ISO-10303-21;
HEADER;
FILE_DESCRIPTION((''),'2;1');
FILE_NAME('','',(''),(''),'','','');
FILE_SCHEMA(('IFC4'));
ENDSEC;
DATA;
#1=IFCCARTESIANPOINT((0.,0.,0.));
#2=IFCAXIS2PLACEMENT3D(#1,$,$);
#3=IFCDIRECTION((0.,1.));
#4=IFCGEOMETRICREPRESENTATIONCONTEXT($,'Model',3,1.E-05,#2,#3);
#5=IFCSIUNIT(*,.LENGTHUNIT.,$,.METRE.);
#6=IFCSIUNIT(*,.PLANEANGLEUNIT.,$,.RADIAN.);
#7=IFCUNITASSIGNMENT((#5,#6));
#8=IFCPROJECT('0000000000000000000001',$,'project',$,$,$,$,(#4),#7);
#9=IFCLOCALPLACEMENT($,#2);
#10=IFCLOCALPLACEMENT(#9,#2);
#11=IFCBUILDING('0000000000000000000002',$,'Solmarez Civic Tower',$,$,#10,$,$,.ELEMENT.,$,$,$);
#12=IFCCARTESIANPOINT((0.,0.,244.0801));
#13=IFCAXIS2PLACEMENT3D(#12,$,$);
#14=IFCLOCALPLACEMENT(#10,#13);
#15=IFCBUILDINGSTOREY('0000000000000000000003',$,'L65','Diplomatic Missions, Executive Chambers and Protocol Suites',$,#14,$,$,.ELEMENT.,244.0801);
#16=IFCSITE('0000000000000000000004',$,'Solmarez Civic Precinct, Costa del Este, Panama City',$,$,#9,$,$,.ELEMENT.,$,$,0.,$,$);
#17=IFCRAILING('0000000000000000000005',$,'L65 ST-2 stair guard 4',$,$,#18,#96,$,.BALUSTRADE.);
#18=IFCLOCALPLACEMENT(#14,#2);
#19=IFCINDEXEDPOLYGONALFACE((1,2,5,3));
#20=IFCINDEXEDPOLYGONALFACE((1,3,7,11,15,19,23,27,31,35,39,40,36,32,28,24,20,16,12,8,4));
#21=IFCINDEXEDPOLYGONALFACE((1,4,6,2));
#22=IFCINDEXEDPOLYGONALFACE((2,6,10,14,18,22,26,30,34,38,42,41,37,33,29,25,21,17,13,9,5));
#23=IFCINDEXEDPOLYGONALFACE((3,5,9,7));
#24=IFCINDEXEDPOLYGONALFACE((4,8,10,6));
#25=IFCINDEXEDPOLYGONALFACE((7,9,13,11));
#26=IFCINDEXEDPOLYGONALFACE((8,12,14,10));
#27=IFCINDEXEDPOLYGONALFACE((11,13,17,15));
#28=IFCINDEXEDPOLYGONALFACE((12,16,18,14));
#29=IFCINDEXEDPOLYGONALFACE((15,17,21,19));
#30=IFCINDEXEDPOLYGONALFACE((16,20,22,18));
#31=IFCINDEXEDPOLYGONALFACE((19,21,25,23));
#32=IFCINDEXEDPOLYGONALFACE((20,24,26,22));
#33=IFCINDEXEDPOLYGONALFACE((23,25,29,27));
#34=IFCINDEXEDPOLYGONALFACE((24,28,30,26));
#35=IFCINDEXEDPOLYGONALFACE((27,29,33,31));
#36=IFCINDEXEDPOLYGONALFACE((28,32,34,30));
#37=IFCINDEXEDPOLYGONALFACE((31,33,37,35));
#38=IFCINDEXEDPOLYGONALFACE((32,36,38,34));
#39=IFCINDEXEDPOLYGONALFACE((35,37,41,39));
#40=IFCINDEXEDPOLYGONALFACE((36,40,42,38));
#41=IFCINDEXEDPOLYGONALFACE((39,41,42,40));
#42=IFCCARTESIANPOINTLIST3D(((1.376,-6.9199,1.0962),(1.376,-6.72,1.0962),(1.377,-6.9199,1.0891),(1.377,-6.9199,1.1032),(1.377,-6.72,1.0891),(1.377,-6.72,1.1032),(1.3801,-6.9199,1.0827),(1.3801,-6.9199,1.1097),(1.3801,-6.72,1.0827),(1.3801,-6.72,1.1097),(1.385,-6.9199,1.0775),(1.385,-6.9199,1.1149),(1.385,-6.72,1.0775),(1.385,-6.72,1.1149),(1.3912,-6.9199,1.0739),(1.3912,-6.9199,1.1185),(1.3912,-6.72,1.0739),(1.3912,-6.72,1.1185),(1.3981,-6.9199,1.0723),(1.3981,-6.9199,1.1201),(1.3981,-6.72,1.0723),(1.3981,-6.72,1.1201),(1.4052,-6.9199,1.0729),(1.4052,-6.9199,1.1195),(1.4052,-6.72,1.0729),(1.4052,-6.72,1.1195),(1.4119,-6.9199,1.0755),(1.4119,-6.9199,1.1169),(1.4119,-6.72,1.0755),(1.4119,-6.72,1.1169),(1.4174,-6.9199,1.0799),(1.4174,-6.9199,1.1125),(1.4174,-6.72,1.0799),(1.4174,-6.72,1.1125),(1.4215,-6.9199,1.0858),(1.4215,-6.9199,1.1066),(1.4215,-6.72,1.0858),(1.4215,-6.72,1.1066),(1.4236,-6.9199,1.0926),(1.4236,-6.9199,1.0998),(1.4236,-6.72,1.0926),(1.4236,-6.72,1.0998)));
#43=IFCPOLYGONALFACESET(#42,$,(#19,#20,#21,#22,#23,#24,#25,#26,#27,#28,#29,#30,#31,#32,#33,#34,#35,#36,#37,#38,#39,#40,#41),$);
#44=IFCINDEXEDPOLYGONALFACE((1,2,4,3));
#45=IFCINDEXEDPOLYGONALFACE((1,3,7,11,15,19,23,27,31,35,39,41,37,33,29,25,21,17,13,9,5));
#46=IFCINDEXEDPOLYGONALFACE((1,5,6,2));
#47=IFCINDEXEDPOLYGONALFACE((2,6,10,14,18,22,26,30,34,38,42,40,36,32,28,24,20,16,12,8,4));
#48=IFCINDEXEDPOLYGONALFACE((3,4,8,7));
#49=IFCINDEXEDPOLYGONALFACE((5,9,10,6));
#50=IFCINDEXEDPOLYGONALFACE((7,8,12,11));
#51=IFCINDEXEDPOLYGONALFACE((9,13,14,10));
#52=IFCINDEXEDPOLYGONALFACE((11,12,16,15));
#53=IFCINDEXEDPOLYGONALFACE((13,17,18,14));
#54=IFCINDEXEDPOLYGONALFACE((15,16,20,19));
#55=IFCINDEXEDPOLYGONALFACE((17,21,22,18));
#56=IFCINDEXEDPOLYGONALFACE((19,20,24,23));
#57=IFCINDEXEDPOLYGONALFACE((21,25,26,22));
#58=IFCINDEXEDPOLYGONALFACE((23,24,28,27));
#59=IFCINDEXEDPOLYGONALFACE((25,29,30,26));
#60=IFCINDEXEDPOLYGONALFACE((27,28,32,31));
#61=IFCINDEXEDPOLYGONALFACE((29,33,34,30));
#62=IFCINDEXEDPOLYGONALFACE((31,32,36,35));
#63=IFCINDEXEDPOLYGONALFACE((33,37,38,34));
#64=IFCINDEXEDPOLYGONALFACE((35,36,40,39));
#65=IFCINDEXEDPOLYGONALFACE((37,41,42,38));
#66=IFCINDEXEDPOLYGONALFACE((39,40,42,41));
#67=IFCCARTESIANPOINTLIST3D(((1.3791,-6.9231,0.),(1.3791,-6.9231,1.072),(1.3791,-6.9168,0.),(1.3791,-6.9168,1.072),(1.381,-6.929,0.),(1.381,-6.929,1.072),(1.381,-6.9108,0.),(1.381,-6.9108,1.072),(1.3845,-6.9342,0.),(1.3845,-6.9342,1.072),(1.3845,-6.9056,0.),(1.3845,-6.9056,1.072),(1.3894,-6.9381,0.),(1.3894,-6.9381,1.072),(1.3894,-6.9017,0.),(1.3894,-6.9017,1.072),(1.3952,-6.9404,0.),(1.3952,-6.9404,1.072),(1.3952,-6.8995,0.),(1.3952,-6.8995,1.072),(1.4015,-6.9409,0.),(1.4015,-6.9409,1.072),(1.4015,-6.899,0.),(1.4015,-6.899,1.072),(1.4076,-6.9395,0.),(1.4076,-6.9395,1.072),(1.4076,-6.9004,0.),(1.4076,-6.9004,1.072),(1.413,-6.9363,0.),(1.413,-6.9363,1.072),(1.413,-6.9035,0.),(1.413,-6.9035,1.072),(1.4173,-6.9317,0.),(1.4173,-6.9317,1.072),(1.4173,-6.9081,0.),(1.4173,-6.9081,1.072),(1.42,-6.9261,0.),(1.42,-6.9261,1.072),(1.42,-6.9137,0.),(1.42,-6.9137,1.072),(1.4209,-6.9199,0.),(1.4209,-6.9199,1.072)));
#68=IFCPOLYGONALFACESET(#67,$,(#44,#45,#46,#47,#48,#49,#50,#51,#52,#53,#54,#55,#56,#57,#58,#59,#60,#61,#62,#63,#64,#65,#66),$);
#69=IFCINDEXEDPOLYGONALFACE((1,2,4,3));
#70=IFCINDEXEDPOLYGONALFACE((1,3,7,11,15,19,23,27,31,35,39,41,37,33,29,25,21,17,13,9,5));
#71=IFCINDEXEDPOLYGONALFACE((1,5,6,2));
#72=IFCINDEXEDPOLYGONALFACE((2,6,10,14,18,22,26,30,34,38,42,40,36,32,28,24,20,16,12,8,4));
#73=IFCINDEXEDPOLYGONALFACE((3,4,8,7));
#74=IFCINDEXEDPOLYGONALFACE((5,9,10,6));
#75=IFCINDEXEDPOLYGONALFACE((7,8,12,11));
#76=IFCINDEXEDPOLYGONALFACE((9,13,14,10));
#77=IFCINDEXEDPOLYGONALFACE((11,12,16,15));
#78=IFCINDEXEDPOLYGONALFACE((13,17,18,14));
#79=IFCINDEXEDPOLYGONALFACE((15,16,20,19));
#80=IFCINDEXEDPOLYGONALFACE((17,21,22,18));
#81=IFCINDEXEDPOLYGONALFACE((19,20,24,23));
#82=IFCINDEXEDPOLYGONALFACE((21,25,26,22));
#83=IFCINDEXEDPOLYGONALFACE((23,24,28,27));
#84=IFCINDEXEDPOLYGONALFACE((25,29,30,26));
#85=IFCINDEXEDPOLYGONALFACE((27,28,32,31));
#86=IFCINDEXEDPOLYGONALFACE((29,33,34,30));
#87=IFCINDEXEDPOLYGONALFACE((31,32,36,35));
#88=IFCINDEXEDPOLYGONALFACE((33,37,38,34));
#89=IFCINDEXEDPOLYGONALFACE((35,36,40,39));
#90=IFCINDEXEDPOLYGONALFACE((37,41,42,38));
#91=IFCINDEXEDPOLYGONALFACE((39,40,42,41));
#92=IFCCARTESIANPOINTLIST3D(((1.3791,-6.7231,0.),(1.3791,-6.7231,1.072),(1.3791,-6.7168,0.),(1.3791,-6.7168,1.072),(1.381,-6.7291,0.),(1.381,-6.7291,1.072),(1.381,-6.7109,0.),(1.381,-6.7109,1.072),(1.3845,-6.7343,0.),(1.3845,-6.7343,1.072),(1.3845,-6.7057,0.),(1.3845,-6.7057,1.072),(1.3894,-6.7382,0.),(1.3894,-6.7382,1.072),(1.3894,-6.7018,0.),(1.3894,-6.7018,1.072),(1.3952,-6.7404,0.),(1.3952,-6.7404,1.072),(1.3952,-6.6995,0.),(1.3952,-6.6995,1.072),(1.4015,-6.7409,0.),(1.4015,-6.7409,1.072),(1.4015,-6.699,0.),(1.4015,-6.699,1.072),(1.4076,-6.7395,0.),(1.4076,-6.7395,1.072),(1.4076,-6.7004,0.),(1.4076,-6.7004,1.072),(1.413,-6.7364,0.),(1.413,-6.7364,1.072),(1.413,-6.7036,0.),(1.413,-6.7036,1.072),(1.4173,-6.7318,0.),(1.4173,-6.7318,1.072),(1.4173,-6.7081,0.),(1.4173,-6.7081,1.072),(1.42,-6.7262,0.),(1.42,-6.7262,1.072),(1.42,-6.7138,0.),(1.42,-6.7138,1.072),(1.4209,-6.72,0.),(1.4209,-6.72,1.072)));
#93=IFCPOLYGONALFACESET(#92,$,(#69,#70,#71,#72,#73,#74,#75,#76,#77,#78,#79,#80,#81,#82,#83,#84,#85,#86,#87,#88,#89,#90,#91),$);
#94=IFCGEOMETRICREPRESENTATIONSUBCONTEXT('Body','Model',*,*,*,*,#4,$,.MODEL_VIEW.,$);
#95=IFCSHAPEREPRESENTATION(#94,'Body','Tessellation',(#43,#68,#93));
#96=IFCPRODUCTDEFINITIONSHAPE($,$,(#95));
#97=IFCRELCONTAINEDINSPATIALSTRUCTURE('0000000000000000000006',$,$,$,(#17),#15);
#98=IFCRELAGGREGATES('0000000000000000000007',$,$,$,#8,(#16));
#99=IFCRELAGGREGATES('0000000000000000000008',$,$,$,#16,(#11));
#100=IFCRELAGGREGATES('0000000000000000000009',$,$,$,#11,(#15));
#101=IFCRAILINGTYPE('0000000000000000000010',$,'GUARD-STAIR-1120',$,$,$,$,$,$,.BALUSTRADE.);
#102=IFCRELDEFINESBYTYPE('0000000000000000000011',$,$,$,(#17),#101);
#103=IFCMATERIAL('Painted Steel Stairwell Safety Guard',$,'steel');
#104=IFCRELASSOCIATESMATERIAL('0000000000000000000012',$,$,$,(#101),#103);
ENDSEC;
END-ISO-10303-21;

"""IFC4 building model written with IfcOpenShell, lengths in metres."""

from ifc_helpers import new_model, si_unit, direction, frame, origin, origin_2d, place, context, subcontext, project, spatial, circle, extrude, material, type_object, element, save


model = new_model("IFC4")

# Units and contexts
model_context = context("Model", 3, precision=1e-05, world=origin(), true_north=direction((0.0, 1.0)))
body_context = subcontext(model_context, "Body", "Model", "MODEL_VIEW")
ifc_project = project(units=[si_unit("LENGTHUNIT", "METRE"), si_unit("PLANEANGLEUNIT", "RADIAN")], contexts=[model_context])

# Site, building, storey
site_placement = place(None, origin())
site = spatial("IfcSite", under=ifc_project, at=site_placement, Name="Solmarez Civic Precinct, Costa del Este, Panama City", CompositionType="ELEMENT", RefElevation=0.0)
building_placement = place(site_placement, origin())
building = spatial("IfcBuilding", under=site, at=building_placement, Name="Solmarez Civic Tower", CompositionType="ELEMENT")
storey_placement = place(building_placement, frame((0.0, 0.0, 244.0801)))
storey = spatial("IfcBuildingStorey", under=building, at=storey_placement, Name="L65", Description="Diplomatic Missions, Executive Chambers and Protocol Suites", CompositionType="ELEMENT", Elevation=244.0801)

# Railing
ifc_material_1 = material(Name="Painted Steel Stairwell Safety Guard", Category="steel")
railing_type_1 = type_object("IfcRailingType", Name="GUARD-STAIR-1120", PredefinedType="BALUSTRADE", material=ifc_material_1)
railing_1_placement = place(storey_placement, frame((1.3999, -6.9199, 0.0)))
element("IfcRailing", 1, at=railing_1_placement, inside=storey, type_object=railing_type_1, Name="L65 ST-2 stair guard 4", PredefinedType="BALUSTRADE", context=body_context, shape_type="SweptSolid", body=[
    extrude(circle(Radius=0.0239, at=origin_2d()), frame((0.0, 0.0, 1.0962), z_axis=(0.0, 1.0, 0.0), x_axis=(-1.0, 0.0, 0.0)), (0.0, 0.0, 1.0), 0.2),
    extrude(circle(Radius=0.021, at=origin_2d()), origin(), (0.0, 0.0, 1.0), 1.072),
    extrude(circle(Radius=0.021, at=origin_2d()), frame((0.0, 0.2, 0.0)), (0.0, 0.0, 1.0), 1.072),
])

save(model, "model.ifc")
